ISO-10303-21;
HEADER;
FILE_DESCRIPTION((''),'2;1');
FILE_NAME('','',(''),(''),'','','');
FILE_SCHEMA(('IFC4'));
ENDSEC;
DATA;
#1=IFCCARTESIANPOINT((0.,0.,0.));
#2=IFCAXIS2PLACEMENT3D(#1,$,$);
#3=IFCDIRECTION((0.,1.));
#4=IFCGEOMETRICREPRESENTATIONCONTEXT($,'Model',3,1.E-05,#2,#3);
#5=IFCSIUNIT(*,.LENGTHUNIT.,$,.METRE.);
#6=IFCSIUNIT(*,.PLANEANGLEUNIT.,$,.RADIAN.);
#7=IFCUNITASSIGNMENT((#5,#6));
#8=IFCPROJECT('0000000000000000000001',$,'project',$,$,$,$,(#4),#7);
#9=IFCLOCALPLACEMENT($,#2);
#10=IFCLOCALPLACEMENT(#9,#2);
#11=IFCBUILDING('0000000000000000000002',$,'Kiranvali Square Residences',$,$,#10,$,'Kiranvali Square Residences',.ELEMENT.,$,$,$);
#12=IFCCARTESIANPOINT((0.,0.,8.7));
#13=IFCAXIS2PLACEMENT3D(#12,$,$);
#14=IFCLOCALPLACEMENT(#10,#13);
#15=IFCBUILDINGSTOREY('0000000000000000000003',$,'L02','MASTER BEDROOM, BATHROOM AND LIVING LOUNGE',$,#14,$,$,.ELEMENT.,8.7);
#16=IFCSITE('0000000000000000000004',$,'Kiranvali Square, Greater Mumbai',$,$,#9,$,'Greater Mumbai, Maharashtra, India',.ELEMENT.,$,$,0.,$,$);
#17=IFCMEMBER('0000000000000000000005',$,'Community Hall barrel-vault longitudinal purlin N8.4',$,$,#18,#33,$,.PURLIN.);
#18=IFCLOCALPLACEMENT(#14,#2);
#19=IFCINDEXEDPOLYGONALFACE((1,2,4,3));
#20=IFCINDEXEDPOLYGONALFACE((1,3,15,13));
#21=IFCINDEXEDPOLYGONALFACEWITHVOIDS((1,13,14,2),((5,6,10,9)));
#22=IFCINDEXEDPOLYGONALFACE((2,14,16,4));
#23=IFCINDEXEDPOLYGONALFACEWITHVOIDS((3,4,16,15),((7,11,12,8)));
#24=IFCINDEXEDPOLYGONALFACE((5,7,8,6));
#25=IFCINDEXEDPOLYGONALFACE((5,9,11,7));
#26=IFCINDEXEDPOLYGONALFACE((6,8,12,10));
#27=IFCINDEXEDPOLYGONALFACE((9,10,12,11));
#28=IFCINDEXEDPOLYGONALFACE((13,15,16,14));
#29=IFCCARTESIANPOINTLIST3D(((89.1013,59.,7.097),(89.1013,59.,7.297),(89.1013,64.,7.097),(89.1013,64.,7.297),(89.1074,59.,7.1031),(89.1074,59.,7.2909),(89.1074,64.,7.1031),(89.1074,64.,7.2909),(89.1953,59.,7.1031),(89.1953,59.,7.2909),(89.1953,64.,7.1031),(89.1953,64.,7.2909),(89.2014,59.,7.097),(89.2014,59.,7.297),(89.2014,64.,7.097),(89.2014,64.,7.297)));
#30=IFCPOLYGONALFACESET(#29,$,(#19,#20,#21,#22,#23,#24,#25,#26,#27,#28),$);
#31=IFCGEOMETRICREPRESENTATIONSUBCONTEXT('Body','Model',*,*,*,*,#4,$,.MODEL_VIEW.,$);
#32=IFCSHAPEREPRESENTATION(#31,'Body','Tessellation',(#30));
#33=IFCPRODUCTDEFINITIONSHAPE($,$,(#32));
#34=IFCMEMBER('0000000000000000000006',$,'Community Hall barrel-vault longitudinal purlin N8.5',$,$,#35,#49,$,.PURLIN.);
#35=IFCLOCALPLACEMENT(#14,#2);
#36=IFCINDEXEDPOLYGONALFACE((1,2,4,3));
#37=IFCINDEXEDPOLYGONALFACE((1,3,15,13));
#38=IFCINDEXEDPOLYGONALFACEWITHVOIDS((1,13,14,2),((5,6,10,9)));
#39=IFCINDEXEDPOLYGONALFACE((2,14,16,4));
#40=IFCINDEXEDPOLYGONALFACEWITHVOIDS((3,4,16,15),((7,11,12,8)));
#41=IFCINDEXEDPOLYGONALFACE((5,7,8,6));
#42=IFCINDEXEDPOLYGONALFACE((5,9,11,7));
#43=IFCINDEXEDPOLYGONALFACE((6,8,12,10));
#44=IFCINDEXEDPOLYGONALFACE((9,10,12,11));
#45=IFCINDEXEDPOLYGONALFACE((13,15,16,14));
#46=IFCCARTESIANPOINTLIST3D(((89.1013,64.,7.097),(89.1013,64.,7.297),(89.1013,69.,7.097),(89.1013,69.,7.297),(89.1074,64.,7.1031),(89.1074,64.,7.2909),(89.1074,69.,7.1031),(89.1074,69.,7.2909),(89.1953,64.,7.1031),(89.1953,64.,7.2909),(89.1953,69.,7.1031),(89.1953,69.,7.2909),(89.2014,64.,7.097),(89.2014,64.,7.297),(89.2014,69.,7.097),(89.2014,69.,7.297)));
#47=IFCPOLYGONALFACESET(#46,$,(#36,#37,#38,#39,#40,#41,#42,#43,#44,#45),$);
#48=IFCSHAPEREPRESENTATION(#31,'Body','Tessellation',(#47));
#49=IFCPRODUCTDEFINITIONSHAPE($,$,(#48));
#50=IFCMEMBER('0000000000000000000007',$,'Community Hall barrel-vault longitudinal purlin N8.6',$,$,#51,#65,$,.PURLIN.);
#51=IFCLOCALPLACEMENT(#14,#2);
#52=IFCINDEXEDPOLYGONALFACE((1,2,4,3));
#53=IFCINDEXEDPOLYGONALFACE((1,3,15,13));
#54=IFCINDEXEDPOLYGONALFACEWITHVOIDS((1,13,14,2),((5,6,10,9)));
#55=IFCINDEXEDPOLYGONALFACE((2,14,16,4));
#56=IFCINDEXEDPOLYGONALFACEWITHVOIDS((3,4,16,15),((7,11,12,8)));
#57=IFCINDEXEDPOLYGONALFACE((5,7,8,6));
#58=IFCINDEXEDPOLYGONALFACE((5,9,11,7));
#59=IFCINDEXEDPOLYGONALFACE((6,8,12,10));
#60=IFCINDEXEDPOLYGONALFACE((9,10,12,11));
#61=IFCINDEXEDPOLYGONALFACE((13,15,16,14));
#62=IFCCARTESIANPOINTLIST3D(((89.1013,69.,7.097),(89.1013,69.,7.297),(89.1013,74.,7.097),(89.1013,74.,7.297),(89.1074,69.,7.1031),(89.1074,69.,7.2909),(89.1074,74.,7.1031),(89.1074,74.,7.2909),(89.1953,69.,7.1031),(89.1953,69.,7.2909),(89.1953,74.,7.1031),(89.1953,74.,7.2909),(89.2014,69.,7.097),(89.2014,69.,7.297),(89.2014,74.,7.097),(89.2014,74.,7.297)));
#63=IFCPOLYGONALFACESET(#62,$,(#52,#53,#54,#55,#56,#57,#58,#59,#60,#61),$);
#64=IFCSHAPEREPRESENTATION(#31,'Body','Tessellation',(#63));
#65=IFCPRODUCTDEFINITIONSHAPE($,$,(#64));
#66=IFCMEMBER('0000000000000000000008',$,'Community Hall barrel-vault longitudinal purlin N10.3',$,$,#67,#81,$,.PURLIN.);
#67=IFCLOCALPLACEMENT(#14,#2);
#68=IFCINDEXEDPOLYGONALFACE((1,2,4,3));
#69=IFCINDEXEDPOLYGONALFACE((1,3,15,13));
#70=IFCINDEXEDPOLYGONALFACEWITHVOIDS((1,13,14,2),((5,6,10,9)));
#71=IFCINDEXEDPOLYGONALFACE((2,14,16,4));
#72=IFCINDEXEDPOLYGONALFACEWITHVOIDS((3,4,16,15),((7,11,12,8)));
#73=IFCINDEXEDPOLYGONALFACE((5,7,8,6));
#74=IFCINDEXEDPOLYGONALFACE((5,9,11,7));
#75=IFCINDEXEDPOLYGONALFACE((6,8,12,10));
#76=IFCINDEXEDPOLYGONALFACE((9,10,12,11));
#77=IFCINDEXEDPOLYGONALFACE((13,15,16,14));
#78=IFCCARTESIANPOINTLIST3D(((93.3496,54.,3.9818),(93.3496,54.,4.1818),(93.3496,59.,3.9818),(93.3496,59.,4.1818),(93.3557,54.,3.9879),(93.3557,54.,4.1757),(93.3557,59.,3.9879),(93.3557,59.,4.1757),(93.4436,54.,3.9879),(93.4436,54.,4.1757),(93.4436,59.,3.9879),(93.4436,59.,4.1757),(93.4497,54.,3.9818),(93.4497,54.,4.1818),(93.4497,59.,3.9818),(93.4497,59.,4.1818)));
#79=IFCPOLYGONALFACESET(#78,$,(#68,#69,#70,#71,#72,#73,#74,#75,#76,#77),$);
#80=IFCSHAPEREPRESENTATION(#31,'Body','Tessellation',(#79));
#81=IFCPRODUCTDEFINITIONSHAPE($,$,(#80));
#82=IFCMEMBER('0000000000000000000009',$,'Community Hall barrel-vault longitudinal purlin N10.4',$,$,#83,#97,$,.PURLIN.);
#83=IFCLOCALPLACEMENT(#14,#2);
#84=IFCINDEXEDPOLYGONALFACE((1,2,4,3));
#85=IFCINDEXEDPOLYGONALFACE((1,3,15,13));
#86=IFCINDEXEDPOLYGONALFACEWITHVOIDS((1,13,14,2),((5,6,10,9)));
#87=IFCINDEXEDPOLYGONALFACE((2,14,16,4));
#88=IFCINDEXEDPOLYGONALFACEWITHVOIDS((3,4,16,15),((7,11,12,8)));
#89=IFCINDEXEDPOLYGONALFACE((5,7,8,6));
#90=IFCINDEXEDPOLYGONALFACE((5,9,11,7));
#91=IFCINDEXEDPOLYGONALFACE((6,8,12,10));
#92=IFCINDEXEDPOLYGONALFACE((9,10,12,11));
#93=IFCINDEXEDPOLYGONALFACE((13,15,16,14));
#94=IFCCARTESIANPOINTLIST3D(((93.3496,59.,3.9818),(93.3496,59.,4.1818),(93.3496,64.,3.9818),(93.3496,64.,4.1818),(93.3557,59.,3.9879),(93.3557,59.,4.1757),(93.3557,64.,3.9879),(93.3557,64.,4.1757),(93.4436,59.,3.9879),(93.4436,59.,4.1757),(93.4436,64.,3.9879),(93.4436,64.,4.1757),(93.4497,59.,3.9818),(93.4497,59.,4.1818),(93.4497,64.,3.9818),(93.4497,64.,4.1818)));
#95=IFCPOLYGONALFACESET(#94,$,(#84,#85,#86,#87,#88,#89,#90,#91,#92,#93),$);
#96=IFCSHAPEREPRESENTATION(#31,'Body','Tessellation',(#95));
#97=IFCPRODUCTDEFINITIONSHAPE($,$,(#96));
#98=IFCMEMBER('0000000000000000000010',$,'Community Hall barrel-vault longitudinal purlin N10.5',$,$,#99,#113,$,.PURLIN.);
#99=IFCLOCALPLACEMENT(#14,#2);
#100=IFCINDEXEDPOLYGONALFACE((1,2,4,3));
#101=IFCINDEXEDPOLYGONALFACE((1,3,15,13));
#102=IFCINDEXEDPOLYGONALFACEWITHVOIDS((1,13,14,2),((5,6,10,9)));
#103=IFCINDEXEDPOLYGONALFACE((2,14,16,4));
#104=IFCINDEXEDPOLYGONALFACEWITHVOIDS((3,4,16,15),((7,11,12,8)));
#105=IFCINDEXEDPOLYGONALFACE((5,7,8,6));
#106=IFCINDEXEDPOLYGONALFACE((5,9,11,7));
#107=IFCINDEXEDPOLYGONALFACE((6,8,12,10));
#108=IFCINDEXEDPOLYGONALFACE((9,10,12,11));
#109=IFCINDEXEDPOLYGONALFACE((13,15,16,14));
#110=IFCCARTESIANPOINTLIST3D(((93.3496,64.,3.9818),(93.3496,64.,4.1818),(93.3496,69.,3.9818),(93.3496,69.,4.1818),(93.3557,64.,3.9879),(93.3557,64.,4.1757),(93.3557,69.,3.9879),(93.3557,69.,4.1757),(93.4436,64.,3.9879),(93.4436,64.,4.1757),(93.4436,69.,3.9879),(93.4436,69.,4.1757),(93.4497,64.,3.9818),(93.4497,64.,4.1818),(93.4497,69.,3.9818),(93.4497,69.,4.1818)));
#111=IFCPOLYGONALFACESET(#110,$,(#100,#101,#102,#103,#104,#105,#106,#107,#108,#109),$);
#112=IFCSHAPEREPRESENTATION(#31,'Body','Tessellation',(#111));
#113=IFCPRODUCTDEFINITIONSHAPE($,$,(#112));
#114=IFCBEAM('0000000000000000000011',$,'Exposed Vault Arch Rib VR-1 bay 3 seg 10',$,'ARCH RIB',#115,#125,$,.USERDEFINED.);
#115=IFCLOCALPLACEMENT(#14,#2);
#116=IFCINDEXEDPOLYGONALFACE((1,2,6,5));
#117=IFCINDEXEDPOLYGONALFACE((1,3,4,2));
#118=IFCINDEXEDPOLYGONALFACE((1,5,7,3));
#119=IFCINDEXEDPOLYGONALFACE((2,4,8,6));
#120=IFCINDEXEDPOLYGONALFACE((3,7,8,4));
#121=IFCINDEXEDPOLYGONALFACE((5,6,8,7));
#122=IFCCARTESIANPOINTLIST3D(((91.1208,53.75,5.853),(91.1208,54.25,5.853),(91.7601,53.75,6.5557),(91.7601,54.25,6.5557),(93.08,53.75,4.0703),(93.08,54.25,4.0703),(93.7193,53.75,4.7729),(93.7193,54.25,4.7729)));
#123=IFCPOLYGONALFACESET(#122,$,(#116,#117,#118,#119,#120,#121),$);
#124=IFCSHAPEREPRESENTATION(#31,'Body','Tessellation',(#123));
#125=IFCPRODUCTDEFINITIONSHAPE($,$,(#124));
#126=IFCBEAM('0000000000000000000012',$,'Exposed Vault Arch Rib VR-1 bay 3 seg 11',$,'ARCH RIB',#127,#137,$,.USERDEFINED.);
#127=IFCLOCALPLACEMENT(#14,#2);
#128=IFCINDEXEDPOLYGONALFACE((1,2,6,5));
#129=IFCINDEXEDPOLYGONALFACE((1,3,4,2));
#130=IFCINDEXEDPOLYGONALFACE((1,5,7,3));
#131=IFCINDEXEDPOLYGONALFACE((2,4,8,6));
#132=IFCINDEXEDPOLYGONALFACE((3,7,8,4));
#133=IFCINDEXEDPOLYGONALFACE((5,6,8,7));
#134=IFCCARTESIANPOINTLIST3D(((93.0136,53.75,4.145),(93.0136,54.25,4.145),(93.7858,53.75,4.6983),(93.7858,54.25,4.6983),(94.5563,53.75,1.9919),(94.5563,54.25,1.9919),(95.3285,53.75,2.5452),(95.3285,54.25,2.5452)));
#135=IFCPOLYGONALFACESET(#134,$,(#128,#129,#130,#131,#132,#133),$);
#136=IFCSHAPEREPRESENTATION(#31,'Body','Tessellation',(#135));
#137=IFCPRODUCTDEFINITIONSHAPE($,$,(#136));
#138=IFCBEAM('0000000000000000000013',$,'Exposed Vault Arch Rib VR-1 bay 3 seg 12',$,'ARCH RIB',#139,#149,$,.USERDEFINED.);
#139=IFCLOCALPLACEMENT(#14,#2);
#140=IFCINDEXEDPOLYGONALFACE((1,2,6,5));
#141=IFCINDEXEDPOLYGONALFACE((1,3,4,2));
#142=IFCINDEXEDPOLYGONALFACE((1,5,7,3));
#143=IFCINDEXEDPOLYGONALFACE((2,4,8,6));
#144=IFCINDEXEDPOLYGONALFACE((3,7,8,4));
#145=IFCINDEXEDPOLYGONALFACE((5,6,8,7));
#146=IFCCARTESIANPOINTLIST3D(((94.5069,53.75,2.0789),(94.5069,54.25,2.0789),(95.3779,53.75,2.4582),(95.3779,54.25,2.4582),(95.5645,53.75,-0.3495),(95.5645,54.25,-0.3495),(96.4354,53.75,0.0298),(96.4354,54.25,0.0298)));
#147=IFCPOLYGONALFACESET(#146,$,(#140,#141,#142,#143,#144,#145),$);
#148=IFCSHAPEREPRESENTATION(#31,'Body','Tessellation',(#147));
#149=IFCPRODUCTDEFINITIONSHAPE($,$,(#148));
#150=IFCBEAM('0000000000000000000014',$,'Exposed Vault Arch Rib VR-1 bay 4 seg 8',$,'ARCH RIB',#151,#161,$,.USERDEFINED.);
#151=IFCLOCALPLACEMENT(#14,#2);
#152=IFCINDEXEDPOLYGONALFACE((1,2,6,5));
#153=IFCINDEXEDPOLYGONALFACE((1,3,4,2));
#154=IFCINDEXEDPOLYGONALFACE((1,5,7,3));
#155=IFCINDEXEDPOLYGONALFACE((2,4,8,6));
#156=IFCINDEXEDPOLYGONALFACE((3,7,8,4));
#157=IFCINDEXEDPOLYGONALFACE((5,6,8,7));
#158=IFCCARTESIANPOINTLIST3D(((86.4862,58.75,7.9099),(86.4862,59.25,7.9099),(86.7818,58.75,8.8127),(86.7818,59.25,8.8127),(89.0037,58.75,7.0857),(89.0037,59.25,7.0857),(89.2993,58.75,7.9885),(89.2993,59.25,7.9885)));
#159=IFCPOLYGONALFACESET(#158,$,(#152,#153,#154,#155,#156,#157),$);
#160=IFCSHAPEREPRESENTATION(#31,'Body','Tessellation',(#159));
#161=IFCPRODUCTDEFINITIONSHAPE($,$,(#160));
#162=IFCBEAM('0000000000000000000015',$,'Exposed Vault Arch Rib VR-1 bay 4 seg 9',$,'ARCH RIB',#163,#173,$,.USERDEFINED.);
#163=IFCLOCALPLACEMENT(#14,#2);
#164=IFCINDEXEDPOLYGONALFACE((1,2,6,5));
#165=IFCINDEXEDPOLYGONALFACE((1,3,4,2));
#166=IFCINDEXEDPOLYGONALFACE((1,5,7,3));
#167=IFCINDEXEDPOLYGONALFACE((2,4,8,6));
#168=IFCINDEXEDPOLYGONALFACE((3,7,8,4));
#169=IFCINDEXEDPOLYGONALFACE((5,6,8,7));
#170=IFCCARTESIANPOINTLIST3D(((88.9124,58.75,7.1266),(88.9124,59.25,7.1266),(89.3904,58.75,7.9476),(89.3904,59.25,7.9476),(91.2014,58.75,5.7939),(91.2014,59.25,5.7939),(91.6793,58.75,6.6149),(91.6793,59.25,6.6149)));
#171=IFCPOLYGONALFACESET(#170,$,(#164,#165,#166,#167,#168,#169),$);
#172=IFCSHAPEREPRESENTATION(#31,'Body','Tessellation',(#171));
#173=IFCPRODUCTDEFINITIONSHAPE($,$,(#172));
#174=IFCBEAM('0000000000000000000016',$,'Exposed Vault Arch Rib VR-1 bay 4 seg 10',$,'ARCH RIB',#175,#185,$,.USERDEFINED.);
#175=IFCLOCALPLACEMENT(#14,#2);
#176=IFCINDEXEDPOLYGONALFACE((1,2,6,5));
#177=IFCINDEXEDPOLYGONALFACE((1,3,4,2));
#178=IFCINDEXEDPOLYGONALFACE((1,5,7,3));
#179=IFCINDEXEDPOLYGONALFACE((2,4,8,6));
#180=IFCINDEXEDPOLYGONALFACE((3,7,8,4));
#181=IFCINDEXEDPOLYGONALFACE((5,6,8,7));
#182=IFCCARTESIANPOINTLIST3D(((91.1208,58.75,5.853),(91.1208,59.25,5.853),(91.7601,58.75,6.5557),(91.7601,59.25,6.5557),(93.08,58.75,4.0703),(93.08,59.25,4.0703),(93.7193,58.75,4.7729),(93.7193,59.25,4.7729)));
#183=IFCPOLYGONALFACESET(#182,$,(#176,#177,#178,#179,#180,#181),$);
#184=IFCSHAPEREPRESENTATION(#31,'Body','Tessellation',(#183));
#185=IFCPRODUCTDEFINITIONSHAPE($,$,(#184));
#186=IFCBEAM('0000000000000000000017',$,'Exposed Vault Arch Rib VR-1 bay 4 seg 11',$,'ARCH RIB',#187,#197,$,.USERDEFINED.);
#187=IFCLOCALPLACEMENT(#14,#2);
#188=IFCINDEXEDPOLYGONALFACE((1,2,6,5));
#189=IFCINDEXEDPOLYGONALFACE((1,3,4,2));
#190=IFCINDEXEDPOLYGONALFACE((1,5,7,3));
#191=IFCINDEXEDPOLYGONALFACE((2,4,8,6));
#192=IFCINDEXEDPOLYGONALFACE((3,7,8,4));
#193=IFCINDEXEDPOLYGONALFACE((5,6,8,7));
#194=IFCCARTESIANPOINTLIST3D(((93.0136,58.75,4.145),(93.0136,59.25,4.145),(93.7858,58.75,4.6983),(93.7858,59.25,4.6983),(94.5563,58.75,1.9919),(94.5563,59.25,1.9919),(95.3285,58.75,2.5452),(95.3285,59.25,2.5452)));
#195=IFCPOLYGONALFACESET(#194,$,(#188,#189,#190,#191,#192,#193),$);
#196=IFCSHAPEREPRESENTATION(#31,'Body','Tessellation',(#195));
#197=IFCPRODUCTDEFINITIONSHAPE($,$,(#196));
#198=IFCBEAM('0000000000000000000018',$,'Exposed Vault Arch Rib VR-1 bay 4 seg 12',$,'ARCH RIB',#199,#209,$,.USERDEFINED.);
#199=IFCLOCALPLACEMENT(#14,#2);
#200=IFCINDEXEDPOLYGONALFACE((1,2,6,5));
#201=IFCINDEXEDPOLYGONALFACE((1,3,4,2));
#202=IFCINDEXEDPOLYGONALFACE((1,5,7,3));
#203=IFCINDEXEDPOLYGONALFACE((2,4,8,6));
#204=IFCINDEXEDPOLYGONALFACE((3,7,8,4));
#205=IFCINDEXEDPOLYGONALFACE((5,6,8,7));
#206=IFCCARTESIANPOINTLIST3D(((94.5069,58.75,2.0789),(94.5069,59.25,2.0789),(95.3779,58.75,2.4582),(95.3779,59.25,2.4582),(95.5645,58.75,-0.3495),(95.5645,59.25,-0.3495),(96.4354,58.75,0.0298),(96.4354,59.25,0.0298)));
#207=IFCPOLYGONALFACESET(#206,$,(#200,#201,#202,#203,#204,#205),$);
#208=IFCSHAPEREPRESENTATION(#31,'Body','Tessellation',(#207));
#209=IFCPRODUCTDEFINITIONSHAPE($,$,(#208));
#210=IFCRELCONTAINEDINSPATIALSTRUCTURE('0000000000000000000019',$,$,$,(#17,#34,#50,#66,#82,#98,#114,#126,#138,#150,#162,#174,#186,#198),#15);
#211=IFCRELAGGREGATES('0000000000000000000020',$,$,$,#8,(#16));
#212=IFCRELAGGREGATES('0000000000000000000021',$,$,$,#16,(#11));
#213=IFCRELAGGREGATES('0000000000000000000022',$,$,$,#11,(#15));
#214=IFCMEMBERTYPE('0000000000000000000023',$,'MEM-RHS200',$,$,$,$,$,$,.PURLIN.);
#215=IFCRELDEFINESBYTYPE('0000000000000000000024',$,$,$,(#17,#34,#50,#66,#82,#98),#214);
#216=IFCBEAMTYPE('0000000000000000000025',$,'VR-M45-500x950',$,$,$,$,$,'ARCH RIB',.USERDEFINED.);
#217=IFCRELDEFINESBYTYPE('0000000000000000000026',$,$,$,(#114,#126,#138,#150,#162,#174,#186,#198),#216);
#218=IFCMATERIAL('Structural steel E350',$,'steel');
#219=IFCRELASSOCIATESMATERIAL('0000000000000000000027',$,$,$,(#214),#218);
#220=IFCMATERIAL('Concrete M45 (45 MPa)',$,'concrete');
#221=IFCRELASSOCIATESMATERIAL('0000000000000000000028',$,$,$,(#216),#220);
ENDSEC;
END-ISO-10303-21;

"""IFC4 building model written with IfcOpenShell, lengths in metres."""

from ifc_helpers import new_model, si_unit, direction, frame, origin, origin_2d, place, context, subcontext, project, spatial, rectangle, hollow_rectangle, extrude, material, material_profile, profile_set, type_object, element, save


model = new_model("IFC4")

# Units and contexts
model_context = context("Model", 3, precision=1e-05, world=origin(), true_north=direction((0.0, 1.0)))
body_context = subcontext(model_context, "Body", "Model", "MODEL_VIEW")
ifc_project = project(units=[si_unit("LENGTHUNIT", "METRE"), si_unit("PLANEANGLEUNIT", "RADIAN")], contexts=[model_context])

# Site, building, storey
site_placement = place(None, origin())
site = spatial("IfcSite", under=ifc_project, at=site_placement, Name="Kiranvali Square, Greater Mumbai", LongName="Greater Mumbai, Maharashtra, India", CompositionType="ELEMENT", RefElevation=0.0)
building_placement = place(site_placement, origin())
building = spatial("IfcBuilding", under=site, at=building_placement, Name="Kiranvali Square Residences", LongName="Kiranvali Square Residences", CompositionType="ELEMENT")
storey_placement = place(building_placement, frame((0.0, 0.0, 8.7)))
storey = spatial("IfcBuildingStorey", under=building, at=storey_placement, Name="L02", Description="MASTER BEDROOM, BATHROOM AND LIVING LOUNGE", CompositionType="ELEMENT", Elevation=8.7)

# Members
ifc_material_1 = material(Name="Structural steel E350", Category="steel")
ifc_material_profile_1 = material_profile(ifc_material_1, hollow_rectangle(XDim=0.1001, YDim=0.2, WallThickness=0.0061, at=origin_2d()), Name="RHS 200x100x6.0")
ifc_profile_set_1 = profile_set([ifc_material_profile_1], Name="Structural steel E350")
member_type = type_object("IfcMemberType", Name="MEM-RHS200", PredefinedType="PURLIN", material=ifc_profile_set_1)
for number, where, z_axis, x_axis, name in (
    (1, (89.1514, 59.0, 7.197), (0.0, 1.0, 0.0), (-1.0, 0.0, 0.0), "Community Hall barrel-vault longitudinal purlin N8.4"),
    (2, (89.1514, 64.0, 7.197), (0.0, 1.0, 0.0), (-1.0, 0.0, 0.0), "Community Hall barrel-vault longitudinal purlin N8.5"),
    (3, (89.1514, 69.0, 7.197), (0.0, 1.0, 0.0), (-1.0, 0.0, 0.0), "Community Hall barrel-vault longitudinal purlin N8.6"),
    (4, (93.3997, 54.0, 4.0818), (0.0, 1.0, 0.0), (-1.0, 0.0, 0.0), "Community Hall barrel-vault longitudinal purlin N10.3"),
    (5, (93.3997, 59.0, 4.0818), (0.0, 1.0, 0.0), (-1.0, 0.0, 0.0), "Community Hall barrel-vault longitudinal purlin N10.4"),
    (6, (93.3997, 64.0, 4.0818), (0.0, 1.0, 0.0), (-1.0, 0.0, 0.0), "Community Hall barrel-vault longitudinal purlin N10.5"),
):
    element("IfcMember", number, at=place(storey_placement, frame(where, z_axis=z_axis, x_axis=x_axis)), inside=storey, type_object=member_type, Name=name, PredefinedType="PURLIN", context=body_context, shape_type="SweptSolid", body=[
        extrude(hollow_rectangle(XDim=0.1001, YDim=0.2, WallThickness=0.0061, at=origin_2d()), origin(), (0.0, 0.0, 1.0), 5.0),
    ])

# Beams
ifc_material_2 = material(Name="Concrete M45 (45 MPa)", Category="concrete")
ifc_material_profile_2 = material_profile(ifc_material_2, rectangle(XDim=0.5, YDim=0.95, at=origin_2d()), Name="RC 500x950")
ifc_profile_set_2 = profile_set([ifc_material_profile_2], Name="Concrete M45 (45 MPa)")
beam_type = type_object("IfcBeamType", Name="VR-M45-500x950", ElementType="ARCH RIB", PredefinedType="USERDEFINED", material=ifc_profile_set_2)
beam_1_placement = place(storey_placement, frame((91.4404, 54.0, 6.2043), z_axis=(0.73964, 0.0, -0.673003), x_axis=(0.0, 1.0, 0.0)))
element("IfcBeam", 7, at=beam_1_placement, inside=storey, type_object=beam_type, Name="Exposed Vault Arch Rib VR-1 bay 3 seg 10", ObjectType="ARCH RIB", PredefinedType="USERDEFINED", context=body_context, shape_type="SweptSolid", body=[
    extrude(rectangle(XDim=0.5, YDim=0.95, at=origin_2d()), origin(), (0.0, 0.0, 1.0), 2.6489),
])
for number, where, z_axis, x_axis, name in (
    (8, (93.3997, 54.0, 4.4216), (0.582441, 0.0, -0.812873), (0.0, 1.0, 0.0), "Exposed Vault Arch Rib VR-1 bay 3 seg 11"),
    (9, (94.9424, 54.0, 2.2686), (0.399286, 0.0, -0.916827), (0.0, 1.0, 0.0), "Exposed Vault Arch Rib VR-1 bay 3 seg 12"),
):
    element("IfcBeam", number, at=place(storey_placement, frame(where, z_axis=z_axis, x_axis=x_axis)), inside=storey, type_object=beam_type, Name=name, ObjectType="ARCH RIB", PredefinedType="USERDEFINED", context=body_context, shape_type="SweptSolid", body=[
        extrude(rectangle(XDim=0.5, YDim=0.95, at=origin_2d()), origin(), (0.0, 0.0, 1.0), 2.6487),
    ])
beam_2_placement = place(storey_placement, frame((86.634, 59.0, 8.3613), z_axis=(0.950356, 0.0, -0.311163), x_axis=(0.0, 1.0, 0.0)))
element("IfcBeam", 10, at=beam_2_placement, inside=storey, type_object=beam_type, Name="Exposed Vault Arch Rib VR-1 bay 4 seg 8", ObjectType="ARCH RIB", PredefinedType="USERDEFINED", context=body_context, shape_type="SweptSolid", body=[
    extrude(rectangle(XDim=0.5, YDim=0.95, at=origin_2d()), origin(), (0.0, 0.0, 1.0), 2.6489),
])
beam_3_placement = place(storey_placement, frame((89.1514, 59.0, 7.5371), z_axis=(0.864193, 0.0, -0.50316), x_axis=(0.0, 1.0, 0.0)))
element("IfcBeam", 11, at=beam_3_placement, inside=storey, type_object=beam_type, Name="Exposed Vault Arch Rib VR-1 bay 4 seg 9", ObjectType="ARCH RIB", PredefinedType="USERDEFINED", context=body_context, shape_type="SweptSolid", body=[
    extrude(rectangle(XDim=0.5, YDim=0.95, at=origin_2d()), origin(), (0.0, 0.0, 1.0), 2.6487),
])
beam_4_placement = place(storey_placement, frame((91.4404, 59.0, 6.2043), z_axis=(0.73964, 0.0, -0.673003), x_axis=(0.0, 1.0, 0.0)))
element("IfcBeam", 12, at=beam_4_placement, inside=storey, type_object=beam_type, Name="Exposed Vault Arch Rib VR-1 bay 4 seg 10", ObjectType="ARCH RIB", PredefinedType="USERDEFINED", context=body_context, shape_type="SweptSolid", body=[
    extrude(rectangle(XDim=0.5, YDim=0.95, at=origin_2d()), origin(), (0.0, 0.0, 1.0), 2.6489),
])
for number, where, z_axis, x_axis, name in (
    (13, (93.3997, 59.0, 4.4216), (0.582441, 0.0, -0.812873), (0.0, 1.0, 0.0), "Exposed Vault Arch Rib VR-1 bay 4 seg 11"),
    (14, (94.9424, 59.0, 2.2686), (0.399286, 0.0, -0.916827), (0.0, 1.0, 0.0), "Exposed Vault Arch Rib VR-1 bay 4 seg 12"),
):
    element("IfcBeam", number, at=place(storey_placement, frame(where, z_axis=z_axis, x_axis=x_axis)), inside=storey, type_object=beam_type, Name=name, ObjectType="ARCH RIB", PredefinedType="USERDEFINED", context=body_context, shape_type="SweptSolid", body=[
        extrude(rectangle(XDim=0.5, YDim=0.95, at=origin_2d()), origin(), (0.0, 0.0, 1.0), 2.6487),
    ])

save(model, "model.ifc")
